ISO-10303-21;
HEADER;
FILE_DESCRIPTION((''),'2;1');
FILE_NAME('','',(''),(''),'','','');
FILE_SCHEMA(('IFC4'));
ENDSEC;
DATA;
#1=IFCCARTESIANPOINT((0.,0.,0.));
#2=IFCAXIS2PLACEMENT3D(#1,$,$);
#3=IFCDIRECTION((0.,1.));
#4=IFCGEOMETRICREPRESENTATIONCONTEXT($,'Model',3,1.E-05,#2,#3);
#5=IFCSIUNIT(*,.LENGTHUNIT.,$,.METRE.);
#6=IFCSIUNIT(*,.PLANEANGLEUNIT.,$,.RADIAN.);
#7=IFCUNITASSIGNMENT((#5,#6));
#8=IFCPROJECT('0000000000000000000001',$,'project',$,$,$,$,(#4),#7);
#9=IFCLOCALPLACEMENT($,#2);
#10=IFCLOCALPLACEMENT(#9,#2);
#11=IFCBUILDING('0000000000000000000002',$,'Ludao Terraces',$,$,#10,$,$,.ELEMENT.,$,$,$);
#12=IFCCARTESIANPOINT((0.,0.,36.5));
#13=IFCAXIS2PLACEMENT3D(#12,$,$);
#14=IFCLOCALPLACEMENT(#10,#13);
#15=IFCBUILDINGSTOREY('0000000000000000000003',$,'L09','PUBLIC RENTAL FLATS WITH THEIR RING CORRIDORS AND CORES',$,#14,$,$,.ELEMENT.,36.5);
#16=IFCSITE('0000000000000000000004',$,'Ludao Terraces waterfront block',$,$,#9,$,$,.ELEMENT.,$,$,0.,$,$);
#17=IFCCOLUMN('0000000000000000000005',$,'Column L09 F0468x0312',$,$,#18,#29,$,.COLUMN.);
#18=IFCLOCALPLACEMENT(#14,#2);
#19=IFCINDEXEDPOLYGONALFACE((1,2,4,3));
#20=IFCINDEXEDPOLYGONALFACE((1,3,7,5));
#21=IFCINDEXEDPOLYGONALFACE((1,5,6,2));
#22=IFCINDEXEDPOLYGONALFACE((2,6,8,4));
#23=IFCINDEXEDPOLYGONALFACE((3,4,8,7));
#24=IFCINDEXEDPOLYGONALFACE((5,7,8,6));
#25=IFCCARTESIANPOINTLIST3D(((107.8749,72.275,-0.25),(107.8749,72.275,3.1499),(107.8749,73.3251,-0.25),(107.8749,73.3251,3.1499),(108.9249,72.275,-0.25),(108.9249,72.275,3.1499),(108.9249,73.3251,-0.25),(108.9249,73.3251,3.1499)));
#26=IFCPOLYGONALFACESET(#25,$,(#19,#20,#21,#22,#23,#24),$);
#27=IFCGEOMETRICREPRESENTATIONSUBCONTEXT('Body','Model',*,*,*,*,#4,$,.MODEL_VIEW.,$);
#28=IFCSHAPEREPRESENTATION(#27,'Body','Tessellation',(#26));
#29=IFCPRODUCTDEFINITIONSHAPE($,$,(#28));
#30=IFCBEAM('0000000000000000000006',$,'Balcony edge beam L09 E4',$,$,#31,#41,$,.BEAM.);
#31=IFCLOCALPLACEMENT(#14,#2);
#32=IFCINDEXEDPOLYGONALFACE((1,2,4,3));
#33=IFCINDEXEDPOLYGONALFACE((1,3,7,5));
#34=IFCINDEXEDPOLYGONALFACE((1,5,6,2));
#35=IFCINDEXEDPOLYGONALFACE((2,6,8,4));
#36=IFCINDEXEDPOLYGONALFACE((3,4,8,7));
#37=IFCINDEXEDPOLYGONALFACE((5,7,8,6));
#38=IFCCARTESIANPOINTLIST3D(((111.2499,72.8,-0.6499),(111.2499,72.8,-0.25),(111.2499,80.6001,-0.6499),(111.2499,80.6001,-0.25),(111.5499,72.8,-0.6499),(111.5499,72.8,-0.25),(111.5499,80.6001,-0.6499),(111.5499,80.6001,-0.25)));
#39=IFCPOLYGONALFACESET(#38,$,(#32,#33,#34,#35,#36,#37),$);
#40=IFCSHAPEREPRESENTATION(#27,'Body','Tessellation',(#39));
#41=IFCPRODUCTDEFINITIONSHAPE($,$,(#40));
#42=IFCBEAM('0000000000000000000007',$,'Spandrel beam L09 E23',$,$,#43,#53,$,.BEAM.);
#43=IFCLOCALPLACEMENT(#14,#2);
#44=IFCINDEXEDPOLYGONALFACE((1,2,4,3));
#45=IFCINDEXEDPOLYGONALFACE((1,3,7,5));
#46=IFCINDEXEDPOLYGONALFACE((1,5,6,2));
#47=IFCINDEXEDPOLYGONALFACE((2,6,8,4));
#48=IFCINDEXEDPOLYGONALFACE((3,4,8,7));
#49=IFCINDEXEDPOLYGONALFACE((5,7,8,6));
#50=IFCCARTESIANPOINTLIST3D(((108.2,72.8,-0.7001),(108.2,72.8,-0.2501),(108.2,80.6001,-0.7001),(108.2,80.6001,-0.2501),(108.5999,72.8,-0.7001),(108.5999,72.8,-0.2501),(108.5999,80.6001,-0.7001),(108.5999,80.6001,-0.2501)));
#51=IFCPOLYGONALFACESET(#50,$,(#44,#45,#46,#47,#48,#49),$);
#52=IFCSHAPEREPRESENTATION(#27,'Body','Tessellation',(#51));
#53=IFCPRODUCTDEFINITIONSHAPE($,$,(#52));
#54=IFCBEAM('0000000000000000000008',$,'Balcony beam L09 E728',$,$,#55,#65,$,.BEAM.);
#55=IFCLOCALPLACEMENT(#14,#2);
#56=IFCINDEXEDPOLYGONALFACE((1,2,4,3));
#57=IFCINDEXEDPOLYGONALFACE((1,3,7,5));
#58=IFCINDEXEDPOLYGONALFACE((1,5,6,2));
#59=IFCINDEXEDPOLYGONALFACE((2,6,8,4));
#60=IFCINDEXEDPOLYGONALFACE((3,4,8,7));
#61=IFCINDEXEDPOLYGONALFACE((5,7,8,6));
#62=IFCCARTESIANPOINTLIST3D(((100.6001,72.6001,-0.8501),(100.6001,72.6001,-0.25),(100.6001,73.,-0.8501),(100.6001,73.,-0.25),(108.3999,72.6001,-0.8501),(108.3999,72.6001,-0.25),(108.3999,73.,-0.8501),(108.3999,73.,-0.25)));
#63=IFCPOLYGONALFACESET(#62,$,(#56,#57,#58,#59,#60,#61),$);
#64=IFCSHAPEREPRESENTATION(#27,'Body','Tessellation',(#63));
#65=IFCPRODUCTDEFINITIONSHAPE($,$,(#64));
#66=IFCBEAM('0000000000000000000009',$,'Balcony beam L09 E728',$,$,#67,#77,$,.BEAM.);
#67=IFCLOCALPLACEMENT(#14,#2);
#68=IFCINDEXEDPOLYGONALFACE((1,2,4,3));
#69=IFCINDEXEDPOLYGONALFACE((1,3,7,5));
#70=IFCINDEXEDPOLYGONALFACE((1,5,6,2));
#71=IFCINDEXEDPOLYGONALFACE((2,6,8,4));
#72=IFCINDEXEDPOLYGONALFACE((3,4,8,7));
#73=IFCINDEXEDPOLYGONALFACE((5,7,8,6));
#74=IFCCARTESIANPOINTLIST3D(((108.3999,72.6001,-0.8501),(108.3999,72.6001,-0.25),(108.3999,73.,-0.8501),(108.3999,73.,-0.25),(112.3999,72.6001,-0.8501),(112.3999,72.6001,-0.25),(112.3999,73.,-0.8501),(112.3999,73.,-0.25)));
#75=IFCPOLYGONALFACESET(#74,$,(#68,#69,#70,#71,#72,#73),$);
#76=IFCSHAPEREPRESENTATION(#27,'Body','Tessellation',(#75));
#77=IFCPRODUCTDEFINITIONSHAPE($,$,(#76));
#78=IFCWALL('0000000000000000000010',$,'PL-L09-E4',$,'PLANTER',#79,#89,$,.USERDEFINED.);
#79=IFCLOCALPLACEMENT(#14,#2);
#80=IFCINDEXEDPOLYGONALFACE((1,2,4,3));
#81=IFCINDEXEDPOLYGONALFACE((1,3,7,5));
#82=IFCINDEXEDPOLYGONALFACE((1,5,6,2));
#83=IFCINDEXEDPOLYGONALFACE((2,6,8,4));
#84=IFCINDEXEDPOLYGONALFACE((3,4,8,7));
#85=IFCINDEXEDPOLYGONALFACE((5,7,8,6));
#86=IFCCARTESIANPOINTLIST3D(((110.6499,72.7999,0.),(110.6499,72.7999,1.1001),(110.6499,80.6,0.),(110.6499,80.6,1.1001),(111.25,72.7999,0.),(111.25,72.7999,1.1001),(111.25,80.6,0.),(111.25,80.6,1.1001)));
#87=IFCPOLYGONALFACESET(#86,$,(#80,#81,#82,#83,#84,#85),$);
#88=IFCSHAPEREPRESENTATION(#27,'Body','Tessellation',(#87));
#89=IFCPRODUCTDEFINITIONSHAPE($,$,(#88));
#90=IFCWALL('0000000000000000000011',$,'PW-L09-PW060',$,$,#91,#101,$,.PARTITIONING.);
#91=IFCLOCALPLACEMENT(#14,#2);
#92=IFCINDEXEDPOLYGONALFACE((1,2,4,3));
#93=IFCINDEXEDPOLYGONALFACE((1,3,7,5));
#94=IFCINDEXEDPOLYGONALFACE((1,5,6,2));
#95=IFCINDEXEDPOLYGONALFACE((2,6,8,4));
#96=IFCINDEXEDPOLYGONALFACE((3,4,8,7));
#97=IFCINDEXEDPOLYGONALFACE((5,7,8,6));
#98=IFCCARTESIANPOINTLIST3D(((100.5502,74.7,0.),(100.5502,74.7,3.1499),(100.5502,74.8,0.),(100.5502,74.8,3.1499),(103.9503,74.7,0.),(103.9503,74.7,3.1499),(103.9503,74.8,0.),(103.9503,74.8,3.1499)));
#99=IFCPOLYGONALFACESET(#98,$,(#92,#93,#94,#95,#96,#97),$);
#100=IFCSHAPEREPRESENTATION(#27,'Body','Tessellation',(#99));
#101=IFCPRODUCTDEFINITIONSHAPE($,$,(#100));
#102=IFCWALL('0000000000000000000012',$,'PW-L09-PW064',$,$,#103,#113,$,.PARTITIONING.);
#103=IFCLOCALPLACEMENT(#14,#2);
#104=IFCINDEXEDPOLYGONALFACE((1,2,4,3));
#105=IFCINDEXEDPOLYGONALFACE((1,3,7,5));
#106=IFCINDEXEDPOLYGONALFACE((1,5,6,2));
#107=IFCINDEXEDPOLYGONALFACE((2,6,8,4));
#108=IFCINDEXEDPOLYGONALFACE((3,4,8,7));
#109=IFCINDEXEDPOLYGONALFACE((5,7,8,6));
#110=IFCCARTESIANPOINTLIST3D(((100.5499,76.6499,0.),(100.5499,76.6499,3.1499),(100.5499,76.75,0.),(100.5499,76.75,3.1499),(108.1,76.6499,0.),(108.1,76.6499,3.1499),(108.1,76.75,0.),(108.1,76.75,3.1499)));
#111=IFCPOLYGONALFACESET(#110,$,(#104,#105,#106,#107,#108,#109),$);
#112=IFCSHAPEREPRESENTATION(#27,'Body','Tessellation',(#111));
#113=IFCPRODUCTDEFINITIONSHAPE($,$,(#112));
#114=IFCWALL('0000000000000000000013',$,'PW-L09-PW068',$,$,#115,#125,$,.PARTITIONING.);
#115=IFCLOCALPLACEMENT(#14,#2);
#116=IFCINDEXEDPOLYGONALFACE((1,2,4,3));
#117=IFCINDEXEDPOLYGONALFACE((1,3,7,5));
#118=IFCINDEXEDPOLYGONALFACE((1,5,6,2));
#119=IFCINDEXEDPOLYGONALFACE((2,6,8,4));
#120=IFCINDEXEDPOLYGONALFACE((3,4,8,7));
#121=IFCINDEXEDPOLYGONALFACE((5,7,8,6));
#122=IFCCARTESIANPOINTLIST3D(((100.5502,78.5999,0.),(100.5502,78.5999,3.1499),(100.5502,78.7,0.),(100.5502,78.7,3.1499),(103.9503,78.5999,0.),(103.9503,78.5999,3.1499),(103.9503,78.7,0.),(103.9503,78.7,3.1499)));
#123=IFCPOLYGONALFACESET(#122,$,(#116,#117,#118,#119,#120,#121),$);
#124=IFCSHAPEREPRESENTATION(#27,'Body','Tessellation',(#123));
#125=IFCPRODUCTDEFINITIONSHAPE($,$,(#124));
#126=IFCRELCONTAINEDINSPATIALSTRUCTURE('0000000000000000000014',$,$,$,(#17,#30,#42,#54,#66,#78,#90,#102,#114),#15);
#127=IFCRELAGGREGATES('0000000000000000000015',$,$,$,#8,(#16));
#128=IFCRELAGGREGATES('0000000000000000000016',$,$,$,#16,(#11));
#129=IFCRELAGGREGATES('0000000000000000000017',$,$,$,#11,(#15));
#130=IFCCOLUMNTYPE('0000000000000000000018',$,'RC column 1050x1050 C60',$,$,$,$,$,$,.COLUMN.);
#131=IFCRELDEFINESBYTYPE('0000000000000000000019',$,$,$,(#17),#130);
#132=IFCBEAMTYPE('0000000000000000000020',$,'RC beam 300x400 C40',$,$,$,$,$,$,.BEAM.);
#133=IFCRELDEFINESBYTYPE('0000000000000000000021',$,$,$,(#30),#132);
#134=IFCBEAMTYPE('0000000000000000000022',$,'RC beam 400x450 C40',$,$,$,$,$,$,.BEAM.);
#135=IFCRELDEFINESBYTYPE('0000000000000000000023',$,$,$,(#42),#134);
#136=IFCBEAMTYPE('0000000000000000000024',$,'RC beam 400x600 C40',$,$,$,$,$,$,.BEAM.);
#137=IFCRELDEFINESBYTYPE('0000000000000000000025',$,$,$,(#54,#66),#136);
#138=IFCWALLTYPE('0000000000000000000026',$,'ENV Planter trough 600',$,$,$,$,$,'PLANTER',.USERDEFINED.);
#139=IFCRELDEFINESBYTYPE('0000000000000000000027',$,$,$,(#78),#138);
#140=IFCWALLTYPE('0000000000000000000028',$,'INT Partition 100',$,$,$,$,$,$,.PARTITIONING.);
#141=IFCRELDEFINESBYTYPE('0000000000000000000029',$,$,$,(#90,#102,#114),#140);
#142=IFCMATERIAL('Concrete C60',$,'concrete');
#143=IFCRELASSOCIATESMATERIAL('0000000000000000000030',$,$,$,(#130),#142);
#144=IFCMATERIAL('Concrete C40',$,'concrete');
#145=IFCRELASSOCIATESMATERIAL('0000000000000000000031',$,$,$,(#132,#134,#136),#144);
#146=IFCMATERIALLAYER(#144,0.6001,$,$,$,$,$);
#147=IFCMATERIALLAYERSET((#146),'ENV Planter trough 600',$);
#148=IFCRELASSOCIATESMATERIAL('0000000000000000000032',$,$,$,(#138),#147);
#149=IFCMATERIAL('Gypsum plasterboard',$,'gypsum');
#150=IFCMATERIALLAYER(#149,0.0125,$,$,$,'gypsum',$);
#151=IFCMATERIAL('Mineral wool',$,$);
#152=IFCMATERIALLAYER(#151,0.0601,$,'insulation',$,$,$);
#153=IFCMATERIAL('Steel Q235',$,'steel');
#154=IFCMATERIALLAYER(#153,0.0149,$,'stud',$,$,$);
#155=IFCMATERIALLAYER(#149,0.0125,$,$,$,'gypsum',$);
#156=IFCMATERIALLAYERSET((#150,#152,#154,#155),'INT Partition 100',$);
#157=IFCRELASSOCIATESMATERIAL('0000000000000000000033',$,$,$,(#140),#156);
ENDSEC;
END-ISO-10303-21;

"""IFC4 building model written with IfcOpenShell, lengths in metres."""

from ifc_helpers import new_model, si_unit, direction, frame, frame_2d, origin, origin_2d, place, context, subcontext, project, spatial, rectangle, extrude, material, layer, layer_set, material_profile, profile_set, type_object, element, save


model = new_model("IFC4")

# Units and contexts
model_context = context("Model", 3, precision=1e-05, world=origin(), true_north=direction((0.0, 1.0)))
body_context = subcontext(model_context, "Body", "Model", "MODEL_VIEW")
ifc_project = project(units=[si_unit("LENGTHUNIT", "METRE"), si_unit("PLANEANGLEUNIT", "RADIAN")], contexts=[model_context])

# Site, building, storey
site_placement = place(None, origin())
site = spatial("IfcSite", under=ifc_project, at=site_placement, Name="Ludao Terraces waterfront block", CompositionType="ELEMENT", RefElevation=0.0)
building_placement = place(site_placement, origin())
building = spatial("IfcBuilding", under=site, at=building_placement, Name="Ludao Terraces", CompositionType="ELEMENT")
storey_placement = place(building_placement, frame((0.0, 0.0, 36.5)))
storey = spatial("IfcBuildingStorey", under=building, at=storey_placement, Name="L09", Description="PUBLIC RENTAL FLATS WITH THEIR RING CORRIDORS AND CORES", CompositionType="ELEMENT", Elevation=36.5)

# Column
ifc_material_1 = material(Name="Concrete C60", Category="concrete")
ifc_material_profile_1 = material_profile(ifc_material_1, rectangle(XDim=1.05, YDim=1.05, at=origin_2d()), Name="1050 X 1050")
ifc_profile_set_1 = profile_set([ifc_material_profile_1], Name="Concrete C60")
column_type = type_object("IfcColumnType", Name="RC column 1050x1050 C60", PredefinedType="COLUMN", material=ifc_profile_set_1)
column_placement = place(storey_placement, frame((108.3999, 72.8, -0.25), z_axis=(0.0, 0.0, 1.0), x_axis=(1.0, 0.0, 0.0)))
element("IfcColumn", 1, at=column_placement, inside=storey, type_object=column_type, Name="Column L09 F0468x0312", PredefinedType="COLUMN", context=body_context, shape_type="SweptSolid", body=[
    extrude(rectangle(XDim=1.05, YDim=1.05, at=origin_2d()), origin(), (0.0, 0.0, 1.0), 3.3999),
])

# Beams
ifc_material_2 = material(Name="Concrete C40", Category="concrete")
ifc_material_profile_2 = material_profile(ifc_material_2, rectangle(XDim=0.3, YDim=0.3999, at=origin_2d()), Name="300 X 400")
ifc_profile_set_2 = profile_set([ifc_material_profile_2], Name="Concrete C40")
beam_type_1 = type_object("IfcBeamType", Name="RC beam 300x400 C40", PredefinedType="BEAM", material=ifc_profile_set_2)
beam_1_placement = place(storey_placement, frame((111.3999, 72.8, -0.45), z_axis=(0.0, 1.0, 0.0), x_axis=(-1.0, 0.0, 0.0)))
element("IfcBeam", 2, at=beam_1_placement, inside=storey, type_object=beam_type_1, Name="Balcony edge beam L09 E4", PredefinedType="BEAM", context=body_context, shape_type="SweptSolid", body=[
    extrude(rectangle(XDim=0.3, YDim=0.3999, at=origin_2d()), origin(), (0.0, 0.0, 1.0), 7.8),
])
ifc_material_profile_3 = material_profile(ifc_material_2, rectangle(XDim=0.3999, YDim=0.45, at=origin_2d()), Name="400 X 450")
ifc_profile_set_3 = profile_set([ifc_material_profile_3], Name="Concrete C40")
beam_type_2 = type_object("IfcBeamType", Name="RC beam 400x450 C40", PredefinedType="BEAM", material=ifc_profile_set_3)
beam_2_placement = place(storey_placement, frame((108.3999, 72.8, -0.4751), z_axis=(0.0, 1.0, 0.0), x_axis=(-1.0, 0.0, 0.0)))
element("IfcBeam", 3, at=beam_2_placement, inside=storey, type_object=beam_type_2, Name="Spandrel beam L09 E23", PredefinedType="BEAM", context=body_context, shape_type="SweptSolid", body=[
    extrude(rectangle(XDim=0.3999, YDim=0.45, at=origin_2d()), origin(), (0.0, 0.0, 1.0), 7.8),
])
ifc_material_profile_4 = material_profile(ifc_material_2, rectangle(XDim=0.3999, YDim=0.6001, at=origin_2d()), Name="400 X 600")
ifc_profile_set_4 = profile_set([ifc_material_profile_4], Name="Concrete C40")
beam_type_3 = type_object("IfcBeamType", Name="RC beam 400x600 C40", PredefinedType="BEAM", material=ifc_profile_set_4)
beam_3_placement = place(storey_placement, frame((100.6001, 72.8, -0.55), z_axis=(1.0, 0.0, 0.0), x_axis=(0.0, 1.0, 0.0)))
element("IfcBeam", 4, at=beam_3_placement, inside=storey, type_object=beam_type_3, Name="Balcony beam L09 E728", PredefinedType="BEAM", context=body_context, shape_type="SweptSolid", body=[
    extrude(rectangle(XDim=0.3999, YDim=0.6001, at=origin_2d()), origin(), (0.0, 0.0, 1.0), 7.7998),
])
beam_4_placement = place(storey_placement, frame((108.3999, 72.8, -0.55), z_axis=(1.0, 0.0, 0.0), x_axis=(0.0, 1.0, 0.0)))
element("IfcBeam", 5, at=beam_4_placement, inside=storey, type_object=beam_type_3, Name="Balcony beam L09 E728", PredefinedType="BEAM", context=body_context, shape_type="SweptSolid", body=[
    extrude(rectangle(XDim=0.3999, YDim=0.6001, at=origin_2d()), origin(), (0.0, 0.0, 1.0), 4.0),
])

# Wall
ifc_layer_1 = layer(ifc_material_2, 0.6001)
ifc_layer_set_1 = layer_set([ifc_layer_1], Name="ENV Planter trough 600")
wall_type_1 = type_object("IfcWallType", Name="ENV Planter trough 600", ElementType="PLANTER", PredefinedType="USERDEFINED", material=ifc_layer_set_1)
wall_1_placement = place(storey_placement, frame((110.95, 72.8, 0.0), z_axis=(0.0, 0.0, 1.0), x_axis=(0.0, 1.0, 0.0)))
element("IfcWall", 6, at=wall_1_placement, inside=storey, type_object=wall_type_1, Name="PL-L09-E4", ObjectType="PLANTER", PredefinedType="USERDEFINED", context=body_context, shape_type="SweptSolid", body=[
    extrude(rectangle(XDim=7.8, YDim=0.6001, at=frame_2d((3.8999, 0.0))), origin(), (0.0, 0.0, 1.0), 1.1001),
])

# Shared definitions
ifc_material_3 = material(Name="Mineral wool")

# Walls
ifc_material_4 = material(Name="Gypsum plasterboard", Category="gypsum")
ifc_layer_2 = layer(ifc_material_4, 0.0125, Category="gypsum")
ifc_layer_3 = layer(ifc_material_3, 0.0601, Name="insulation")
ifc_material_5 = material(Name="Steel Q235", Category="steel")
ifc_layer_4 = layer(ifc_material_5, 0.0149, Name="stud")
ifc_layer_5 = layer(ifc_material_4, 0.0125, Category="gypsum")
ifc_layer_set_2 = layer_set([ifc_layer_2, ifc_layer_3, ifc_layer_4, ifc_layer_5], Name="INT Partition 100")
wall_type_2 = type_object("IfcWallType", Name="INT Partition 100", PredefinedType="PARTITIONING", material=ifc_layer_set_2)
wall_2_placement = place(storey_placement, frame((100.55, 74.75, 0.0), z_axis=(0.0, 0.0, 1.0), x_axis=(1.0, 0.0, 0.0)))
element("IfcWall", 7, at=wall_2_placement, inside=storey, type_object=wall_type_2, Name="PW-L09-PW060", PredefinedType="PARTITIONING", context=body_context, shape_type="SweptSolid", body=[
    extrude(rectangle(XDim=3.4001, YDim=0.1001, at=frame_2d((1.7002, 0.0))), origin(), (0.0, 0.0, 1.0), 3.1499),
])
wall_3_placement = place(storey_placement, frame((100.55, 76.7, 0.0), z_axis=(0.0, 0.0, 1.0), x_axis=(1.0, 0.0, 0.0)))
element("IfcWall", 8, at=wall_3_placement, inside=storey, type_object=wall_type_2, Name="PW-L09-PW064", PredefinedType="PARTITIONING", context=body_context, shape_type="SweptSolid", body=[
    extrude(rectangle(XDim=7.55, YDim=0.1001, at=frame_2d((3.7749, 0.0))), origin(), (0.0, 0.0, 1.0), 3.1499),
])
wall_4_placement = place(storey_placement, frame((100.55, 78.6499, 0.0), z_axis=(0.0, 0.0, 1.0), x_axis=(1.0, 0.0, 0.0)))
element("IfcWall", 9, at=wall_4_placement, inside=storey, type_object=wall_type_2, Name="PW-L09-PW068", PredefinedType="PARTITIONING", context=body_context, shape_type="SweptSolid", body=[
    extrude(rectangle(XDim=3.4001, YDim=0.1001, at=frame_2d((1.7002, 0.0))), origin(), (0.0, 0.0, 1.0), 3.1499),
])

save(model, "model.ifc")
